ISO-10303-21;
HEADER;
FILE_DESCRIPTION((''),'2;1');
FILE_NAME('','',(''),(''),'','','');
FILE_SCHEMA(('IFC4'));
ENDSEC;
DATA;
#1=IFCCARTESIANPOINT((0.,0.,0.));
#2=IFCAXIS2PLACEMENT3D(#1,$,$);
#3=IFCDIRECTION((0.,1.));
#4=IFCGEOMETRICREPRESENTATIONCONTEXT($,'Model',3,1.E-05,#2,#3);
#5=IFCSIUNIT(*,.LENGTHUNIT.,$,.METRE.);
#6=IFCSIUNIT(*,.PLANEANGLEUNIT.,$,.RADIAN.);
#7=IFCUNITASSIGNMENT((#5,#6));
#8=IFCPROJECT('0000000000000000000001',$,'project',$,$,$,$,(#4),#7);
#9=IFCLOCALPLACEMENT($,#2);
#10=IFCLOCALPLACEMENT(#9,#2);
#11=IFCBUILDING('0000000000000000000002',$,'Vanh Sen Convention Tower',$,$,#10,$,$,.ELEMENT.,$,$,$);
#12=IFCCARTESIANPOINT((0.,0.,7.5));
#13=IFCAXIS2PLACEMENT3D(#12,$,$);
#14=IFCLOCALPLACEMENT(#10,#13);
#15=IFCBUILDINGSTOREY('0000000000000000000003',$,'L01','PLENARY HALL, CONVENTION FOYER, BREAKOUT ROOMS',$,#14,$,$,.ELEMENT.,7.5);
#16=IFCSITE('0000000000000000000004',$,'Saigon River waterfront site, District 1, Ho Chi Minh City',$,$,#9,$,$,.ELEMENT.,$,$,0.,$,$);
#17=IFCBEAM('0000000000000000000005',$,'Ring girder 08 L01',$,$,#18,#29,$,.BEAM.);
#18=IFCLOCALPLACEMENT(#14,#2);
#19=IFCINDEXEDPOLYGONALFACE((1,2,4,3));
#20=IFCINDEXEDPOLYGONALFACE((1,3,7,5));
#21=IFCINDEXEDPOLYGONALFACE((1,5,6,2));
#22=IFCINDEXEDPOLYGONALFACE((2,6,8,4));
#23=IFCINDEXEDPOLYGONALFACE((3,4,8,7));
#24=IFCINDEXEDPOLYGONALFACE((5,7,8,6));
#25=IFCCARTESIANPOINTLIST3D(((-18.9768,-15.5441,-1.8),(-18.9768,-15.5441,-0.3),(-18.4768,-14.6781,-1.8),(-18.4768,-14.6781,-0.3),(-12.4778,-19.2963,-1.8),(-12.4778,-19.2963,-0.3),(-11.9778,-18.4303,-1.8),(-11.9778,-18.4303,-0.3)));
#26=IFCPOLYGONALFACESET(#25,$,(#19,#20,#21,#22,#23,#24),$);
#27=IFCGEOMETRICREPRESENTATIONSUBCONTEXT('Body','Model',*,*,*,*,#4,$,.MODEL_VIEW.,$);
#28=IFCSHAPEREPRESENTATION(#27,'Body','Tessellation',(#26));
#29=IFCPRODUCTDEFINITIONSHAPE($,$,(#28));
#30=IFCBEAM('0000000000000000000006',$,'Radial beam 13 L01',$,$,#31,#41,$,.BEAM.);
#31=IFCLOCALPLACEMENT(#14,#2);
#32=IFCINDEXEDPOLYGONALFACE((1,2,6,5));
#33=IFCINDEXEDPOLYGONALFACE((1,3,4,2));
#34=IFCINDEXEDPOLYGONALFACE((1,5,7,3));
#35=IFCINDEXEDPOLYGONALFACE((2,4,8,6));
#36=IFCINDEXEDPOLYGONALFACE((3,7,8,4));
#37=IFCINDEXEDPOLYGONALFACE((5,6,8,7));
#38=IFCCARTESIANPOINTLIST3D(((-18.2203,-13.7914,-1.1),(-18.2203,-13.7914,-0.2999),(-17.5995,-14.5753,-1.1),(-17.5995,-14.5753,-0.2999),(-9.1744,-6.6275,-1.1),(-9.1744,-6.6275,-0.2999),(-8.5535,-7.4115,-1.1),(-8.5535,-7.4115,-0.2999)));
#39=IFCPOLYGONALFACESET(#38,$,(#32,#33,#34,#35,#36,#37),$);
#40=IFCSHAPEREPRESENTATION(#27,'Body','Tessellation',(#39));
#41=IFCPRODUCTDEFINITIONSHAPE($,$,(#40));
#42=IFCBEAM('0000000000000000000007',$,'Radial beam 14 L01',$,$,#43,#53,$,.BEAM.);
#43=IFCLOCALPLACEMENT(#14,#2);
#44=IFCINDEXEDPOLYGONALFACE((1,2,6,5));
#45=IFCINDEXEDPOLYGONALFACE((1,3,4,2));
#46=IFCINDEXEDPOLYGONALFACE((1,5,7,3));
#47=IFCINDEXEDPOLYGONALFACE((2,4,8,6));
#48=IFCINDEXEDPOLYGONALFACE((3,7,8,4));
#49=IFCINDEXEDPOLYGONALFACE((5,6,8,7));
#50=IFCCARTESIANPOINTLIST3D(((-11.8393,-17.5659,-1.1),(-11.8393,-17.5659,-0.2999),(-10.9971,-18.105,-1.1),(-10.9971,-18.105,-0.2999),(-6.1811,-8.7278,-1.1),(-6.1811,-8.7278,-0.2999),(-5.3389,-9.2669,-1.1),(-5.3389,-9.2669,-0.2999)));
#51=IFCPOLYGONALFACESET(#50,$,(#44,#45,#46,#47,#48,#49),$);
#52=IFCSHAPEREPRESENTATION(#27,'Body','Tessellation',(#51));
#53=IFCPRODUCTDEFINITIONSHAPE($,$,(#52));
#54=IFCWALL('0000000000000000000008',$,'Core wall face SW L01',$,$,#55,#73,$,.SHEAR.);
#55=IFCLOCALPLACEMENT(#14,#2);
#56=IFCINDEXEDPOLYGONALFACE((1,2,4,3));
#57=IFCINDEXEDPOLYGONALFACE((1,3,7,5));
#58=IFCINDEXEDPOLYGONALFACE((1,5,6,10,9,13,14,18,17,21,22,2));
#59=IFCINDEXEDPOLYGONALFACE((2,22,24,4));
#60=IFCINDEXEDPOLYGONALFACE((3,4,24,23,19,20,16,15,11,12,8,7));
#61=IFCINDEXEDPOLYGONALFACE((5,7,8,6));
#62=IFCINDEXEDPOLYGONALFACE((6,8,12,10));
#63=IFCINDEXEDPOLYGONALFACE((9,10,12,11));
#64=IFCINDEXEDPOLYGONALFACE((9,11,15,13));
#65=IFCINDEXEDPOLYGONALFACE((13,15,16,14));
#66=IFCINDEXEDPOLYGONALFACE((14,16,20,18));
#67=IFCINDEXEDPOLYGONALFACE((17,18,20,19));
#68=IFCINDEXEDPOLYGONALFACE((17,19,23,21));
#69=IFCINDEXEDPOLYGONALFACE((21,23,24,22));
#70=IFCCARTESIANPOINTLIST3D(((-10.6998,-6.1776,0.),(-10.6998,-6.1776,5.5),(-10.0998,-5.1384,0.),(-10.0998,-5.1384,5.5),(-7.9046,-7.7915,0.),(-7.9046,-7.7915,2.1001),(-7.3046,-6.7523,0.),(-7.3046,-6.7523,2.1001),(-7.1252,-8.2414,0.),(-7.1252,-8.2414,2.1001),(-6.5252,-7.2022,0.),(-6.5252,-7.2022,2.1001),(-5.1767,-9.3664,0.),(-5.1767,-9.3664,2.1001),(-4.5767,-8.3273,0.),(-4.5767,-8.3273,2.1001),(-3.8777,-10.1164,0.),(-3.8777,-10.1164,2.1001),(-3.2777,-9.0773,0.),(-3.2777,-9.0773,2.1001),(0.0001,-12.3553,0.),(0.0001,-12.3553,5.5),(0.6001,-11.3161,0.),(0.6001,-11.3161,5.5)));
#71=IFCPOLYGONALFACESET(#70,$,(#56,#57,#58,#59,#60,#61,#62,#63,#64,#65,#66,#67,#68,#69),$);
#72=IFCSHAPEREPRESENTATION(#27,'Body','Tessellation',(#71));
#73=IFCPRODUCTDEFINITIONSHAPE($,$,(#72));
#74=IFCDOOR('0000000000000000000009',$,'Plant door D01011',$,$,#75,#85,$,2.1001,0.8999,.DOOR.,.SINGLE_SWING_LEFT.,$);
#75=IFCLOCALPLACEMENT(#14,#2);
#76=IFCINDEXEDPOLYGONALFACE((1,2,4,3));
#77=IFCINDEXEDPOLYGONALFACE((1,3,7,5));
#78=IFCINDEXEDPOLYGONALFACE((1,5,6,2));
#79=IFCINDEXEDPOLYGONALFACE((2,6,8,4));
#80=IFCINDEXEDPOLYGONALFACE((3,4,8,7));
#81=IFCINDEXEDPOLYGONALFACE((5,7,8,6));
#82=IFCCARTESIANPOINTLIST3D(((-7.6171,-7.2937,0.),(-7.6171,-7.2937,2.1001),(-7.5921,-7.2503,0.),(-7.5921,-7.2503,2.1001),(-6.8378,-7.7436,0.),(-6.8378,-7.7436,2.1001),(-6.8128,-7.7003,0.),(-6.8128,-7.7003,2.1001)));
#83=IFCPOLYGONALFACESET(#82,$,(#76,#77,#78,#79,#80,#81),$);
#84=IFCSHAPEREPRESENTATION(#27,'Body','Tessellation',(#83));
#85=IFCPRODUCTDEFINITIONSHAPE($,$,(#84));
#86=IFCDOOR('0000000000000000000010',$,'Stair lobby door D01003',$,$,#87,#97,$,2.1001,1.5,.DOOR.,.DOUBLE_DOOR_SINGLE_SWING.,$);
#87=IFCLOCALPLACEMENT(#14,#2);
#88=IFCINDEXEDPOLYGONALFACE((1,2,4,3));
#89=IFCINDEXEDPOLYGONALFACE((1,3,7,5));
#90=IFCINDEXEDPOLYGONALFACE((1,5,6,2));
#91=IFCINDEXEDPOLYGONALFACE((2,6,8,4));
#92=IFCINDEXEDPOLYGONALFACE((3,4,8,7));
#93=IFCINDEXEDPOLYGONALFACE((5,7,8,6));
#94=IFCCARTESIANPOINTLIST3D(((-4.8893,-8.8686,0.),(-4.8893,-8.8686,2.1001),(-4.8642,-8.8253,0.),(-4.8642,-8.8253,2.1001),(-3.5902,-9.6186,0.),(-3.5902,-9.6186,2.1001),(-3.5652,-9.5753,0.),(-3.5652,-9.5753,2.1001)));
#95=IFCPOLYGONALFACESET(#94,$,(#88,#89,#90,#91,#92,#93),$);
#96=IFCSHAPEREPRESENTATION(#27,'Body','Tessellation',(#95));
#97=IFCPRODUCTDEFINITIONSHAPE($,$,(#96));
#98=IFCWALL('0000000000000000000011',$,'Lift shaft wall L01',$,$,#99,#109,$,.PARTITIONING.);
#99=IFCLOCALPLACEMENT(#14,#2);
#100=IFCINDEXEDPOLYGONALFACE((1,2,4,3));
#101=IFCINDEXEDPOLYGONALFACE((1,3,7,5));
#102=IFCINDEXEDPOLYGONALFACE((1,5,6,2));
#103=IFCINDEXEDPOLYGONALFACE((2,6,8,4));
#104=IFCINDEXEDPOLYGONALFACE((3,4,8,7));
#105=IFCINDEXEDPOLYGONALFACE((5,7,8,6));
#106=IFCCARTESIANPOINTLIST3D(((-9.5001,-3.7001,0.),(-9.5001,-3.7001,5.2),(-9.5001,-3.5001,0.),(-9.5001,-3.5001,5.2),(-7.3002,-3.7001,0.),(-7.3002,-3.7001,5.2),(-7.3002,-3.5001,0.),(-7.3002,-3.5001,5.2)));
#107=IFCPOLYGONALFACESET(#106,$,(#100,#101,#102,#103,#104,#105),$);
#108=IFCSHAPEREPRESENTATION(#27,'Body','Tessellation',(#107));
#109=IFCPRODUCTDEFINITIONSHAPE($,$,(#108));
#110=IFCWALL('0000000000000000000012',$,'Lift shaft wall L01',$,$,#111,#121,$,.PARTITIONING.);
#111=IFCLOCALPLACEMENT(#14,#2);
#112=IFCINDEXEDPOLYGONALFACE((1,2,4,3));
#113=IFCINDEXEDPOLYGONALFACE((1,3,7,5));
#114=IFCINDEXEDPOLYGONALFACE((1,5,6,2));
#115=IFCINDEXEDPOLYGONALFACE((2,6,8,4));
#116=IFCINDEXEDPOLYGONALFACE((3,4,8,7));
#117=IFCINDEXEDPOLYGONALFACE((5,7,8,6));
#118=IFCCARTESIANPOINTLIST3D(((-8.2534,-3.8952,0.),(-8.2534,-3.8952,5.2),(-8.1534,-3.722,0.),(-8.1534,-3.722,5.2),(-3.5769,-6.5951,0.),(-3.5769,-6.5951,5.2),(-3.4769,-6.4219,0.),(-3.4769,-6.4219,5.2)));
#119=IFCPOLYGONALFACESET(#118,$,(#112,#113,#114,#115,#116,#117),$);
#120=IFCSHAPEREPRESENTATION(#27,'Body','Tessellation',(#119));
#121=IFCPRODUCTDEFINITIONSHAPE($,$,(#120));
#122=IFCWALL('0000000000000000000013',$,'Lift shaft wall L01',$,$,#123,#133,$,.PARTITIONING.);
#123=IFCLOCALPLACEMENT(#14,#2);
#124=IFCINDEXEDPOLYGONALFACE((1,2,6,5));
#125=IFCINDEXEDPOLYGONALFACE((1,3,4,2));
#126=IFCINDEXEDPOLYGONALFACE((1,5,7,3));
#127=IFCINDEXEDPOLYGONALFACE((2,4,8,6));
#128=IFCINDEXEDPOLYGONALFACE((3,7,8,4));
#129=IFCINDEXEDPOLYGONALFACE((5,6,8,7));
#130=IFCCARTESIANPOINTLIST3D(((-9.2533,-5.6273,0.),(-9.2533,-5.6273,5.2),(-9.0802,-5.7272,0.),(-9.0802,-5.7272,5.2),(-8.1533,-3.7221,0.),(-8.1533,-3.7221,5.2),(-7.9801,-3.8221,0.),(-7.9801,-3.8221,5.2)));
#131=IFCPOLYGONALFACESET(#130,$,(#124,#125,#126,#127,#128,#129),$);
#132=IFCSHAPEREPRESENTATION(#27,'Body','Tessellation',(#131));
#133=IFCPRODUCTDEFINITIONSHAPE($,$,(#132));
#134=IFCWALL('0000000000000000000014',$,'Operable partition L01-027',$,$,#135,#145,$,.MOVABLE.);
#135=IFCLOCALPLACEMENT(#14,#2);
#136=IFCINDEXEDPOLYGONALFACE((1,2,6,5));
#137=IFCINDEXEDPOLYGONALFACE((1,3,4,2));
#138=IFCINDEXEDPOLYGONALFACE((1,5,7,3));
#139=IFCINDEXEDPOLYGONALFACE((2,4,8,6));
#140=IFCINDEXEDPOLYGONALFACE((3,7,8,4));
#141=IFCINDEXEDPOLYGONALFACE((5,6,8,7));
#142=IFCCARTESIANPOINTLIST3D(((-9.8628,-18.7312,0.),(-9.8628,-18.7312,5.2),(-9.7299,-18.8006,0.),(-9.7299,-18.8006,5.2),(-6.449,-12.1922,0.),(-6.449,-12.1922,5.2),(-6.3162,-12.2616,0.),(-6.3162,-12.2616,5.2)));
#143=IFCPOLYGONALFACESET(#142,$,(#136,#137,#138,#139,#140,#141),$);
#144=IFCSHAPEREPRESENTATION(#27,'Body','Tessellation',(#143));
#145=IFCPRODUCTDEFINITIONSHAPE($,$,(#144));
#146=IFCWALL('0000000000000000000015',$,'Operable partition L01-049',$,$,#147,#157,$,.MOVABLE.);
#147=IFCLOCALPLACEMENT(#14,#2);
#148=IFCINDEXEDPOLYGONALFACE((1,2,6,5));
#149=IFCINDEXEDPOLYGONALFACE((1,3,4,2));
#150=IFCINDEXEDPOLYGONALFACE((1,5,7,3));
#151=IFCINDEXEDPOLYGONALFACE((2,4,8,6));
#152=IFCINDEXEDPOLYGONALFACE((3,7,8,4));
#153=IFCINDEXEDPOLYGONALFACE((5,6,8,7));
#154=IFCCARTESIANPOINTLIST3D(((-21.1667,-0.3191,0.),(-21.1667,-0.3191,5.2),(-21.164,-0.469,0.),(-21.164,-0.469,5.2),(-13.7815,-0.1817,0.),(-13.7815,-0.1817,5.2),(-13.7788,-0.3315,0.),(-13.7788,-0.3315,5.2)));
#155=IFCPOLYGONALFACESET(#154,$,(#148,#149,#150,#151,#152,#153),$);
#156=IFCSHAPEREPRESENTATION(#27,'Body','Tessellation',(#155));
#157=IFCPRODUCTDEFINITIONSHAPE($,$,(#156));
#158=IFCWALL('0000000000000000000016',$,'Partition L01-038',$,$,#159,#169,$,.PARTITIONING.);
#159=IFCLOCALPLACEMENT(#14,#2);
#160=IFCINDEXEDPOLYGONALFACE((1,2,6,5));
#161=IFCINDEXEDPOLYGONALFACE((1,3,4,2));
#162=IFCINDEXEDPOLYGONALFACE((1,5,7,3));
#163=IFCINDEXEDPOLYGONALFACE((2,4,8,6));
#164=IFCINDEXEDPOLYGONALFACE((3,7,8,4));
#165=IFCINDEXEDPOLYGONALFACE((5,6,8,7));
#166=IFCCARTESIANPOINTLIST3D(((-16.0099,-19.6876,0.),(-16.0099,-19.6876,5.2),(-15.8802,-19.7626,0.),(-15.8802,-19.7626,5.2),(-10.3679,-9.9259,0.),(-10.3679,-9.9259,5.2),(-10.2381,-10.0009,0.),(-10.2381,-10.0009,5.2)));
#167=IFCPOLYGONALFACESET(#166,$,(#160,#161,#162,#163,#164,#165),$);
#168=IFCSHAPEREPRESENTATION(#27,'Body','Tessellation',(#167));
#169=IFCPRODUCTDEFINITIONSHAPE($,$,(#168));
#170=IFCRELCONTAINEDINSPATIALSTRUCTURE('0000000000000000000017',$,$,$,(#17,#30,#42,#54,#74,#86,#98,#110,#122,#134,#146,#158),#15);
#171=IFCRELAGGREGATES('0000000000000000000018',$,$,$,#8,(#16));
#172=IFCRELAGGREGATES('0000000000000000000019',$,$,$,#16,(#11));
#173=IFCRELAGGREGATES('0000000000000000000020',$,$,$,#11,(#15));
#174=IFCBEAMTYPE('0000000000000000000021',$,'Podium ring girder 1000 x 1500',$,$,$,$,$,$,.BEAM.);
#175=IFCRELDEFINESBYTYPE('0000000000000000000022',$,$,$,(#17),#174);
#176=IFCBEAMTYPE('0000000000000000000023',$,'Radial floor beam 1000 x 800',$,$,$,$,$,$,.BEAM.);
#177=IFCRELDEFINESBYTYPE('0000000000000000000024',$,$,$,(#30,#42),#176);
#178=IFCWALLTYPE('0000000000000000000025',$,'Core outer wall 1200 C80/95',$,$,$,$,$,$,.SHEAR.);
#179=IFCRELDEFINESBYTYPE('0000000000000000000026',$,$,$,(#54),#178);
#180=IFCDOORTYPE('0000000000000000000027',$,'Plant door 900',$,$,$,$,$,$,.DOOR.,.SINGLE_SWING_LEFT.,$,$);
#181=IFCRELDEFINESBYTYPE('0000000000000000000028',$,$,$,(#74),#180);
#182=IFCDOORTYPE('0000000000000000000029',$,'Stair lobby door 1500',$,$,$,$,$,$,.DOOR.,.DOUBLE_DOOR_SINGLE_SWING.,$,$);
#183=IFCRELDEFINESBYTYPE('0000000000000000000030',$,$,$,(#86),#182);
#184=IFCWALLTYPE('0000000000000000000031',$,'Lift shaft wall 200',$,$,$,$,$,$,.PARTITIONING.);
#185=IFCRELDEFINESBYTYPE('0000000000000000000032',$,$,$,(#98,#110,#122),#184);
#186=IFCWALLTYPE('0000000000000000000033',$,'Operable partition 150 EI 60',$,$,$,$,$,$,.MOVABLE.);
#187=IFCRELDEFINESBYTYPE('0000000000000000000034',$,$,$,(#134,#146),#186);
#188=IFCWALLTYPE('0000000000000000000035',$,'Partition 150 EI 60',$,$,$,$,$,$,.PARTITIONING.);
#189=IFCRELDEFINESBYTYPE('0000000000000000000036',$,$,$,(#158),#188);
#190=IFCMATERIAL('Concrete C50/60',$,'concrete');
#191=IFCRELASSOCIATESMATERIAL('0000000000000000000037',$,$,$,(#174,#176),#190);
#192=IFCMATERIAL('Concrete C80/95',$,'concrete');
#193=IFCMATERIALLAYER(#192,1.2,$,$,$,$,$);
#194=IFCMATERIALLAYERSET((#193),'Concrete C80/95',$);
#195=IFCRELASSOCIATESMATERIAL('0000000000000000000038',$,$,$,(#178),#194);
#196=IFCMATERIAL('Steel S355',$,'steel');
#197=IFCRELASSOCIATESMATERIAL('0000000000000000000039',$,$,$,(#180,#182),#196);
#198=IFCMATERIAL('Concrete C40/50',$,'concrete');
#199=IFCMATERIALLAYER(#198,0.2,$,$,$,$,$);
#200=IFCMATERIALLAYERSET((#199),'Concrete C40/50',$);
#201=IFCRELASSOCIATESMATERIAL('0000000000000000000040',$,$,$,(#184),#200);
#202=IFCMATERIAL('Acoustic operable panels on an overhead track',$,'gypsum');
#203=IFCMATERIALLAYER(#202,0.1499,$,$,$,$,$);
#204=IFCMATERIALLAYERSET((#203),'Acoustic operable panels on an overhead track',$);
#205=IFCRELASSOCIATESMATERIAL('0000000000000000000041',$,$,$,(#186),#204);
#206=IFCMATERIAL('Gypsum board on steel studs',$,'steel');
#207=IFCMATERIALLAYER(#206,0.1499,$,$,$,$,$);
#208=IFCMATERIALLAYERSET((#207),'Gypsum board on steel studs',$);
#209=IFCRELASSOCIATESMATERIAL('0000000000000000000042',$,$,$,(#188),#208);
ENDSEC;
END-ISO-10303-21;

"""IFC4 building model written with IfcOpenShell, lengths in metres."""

from ifc_helpers import new_model, si_unit, direction, frame, frame_2d, origin, origin_2d, place, context, subcontext, project, spatial, rectangle, extrude, material, layer, layer_set, material_profile, profile_set, type_object, element, fill, save


model = new_model("IFC4")

# Units and contexts
model_context = context("Model", 3, precision=1e-05, world=origin(), true_north=direction((0.0, 1.0)))
body_context = subcontext(model_context, "Body", "Model", "MODEL_VIEW")
ifc_project = project(units=[si_unit("LENGTHUNIT", "METRE"), si_unit("PLANEANGLEUNIT", "RADIAN")], contexts=[model_context])

# Site, building, storey
site_placement = place(None, origin())
site = spatial("IfcSite", under=ifc_project, at=site_placement, Name="Saigon River waterfront site, District 1, Ho Chi Minh City", CompositionType="ELEMENT", RefElevation=0.0)
building_placement = place(site_placement, origin())
building = spatial("IfcBuilding", under=site, at=building_placement, Name="Vanh Sen Convention Tower", CompositionType="ELEMENT")
storey_placement = place(building_placement, frame((0.0, 0.0, 7.5)))
storey = spatial("IfcBuildingStorey", under=building, at=storey_placement, Name="L01", Description="PLENARY HALL, CONVENTION FOYER, BREAKOUT ROOMS", CompositionType="ELEMENT", Elevation=7.5)

# Beams
ifc_material_1 = material(Name="Concrete C50/60", Category="concrete")
ifc_material_profile_1 = material_profile(ifc_material_1, rectangle(XDim=1.0, YDim=1.5, at=origin_2d()), Name="RC 1000X1500")
ifc_profile_set_1 = profile_set([ifc_material_profile_1], Name="Concrete C50/60")
beam_type_1 = type_object("IfcBeamType", Name="Podium ring girder 1000 x 1500", PredefinedType="BEAM", material=ifc_profile_set_1)
beam_1_placement = place(storey_placement, frame((-18.7268, -15.1111, -1.05), z_axis=(0.866026, -0.499998, 0.0), x_axis=(0.499998, 0.866026, 0.0)))
element("IfcBeam", 1, at=beam_1_placement, inside=storey, type_object=beam_type_1, Name="Ring girder 08 L01", PredefinedType="BEAM", context=body_context, shape_type="SweptSolid", body=[
    extrude(rectangle(XDim=1.0, YDim=1.5, at=origin_2d()), origin(), (0.0, 0.0, 1.0), 7.5044),
])
ifc_material_profile_2 = material_profile(ifc_material_1, rectangle(XDim=1.0, YDim=0.8, at=origin_2d()), Name="RC 1000X800")
ifc_profile_set_2 = profile_set([ifc_material_profile_2], Name="Concrete C50/60")
beam_type_2 = type_object("IfcBeamType", Name="Radial floor beam 1000 x 800", PredefinedType="BEAM", material=ifc_profile_set_2)
beam_2_placement = place(storey_placement, frame((-17.9099, -14.1833, -0.7), z_axis=(0.783941, 0.620835, 0.0), x_axis=(-0.620835, 0.783941, 0.0)))
element("IfcBeam", 2, at=beam_2_placement, inside=storey, type_object=beam_type_2, Name="Radial beam 13 L01", PredefinedType="BEAM", context=body_context, shape_type="SweptSolid", body=[
    extrude(rectangle(XDim=1.0, YDim=0.8, at=origin_2d()), origin(), (0.0, 0.0, 1.0), 11.5391),
])
beam_3_placement = place(storey_placement, frame((-11.4182, -17.8354, -0.7), z_axis=(0.539175, 0.842194, 0.0), x_axis=(-0.842194, 0.539175, 0.0)))
element("IfcBeam", 3, at=beam_3_placement, inside=storey, type_object=beam_type_2, Name="Radial beam 14 L01", PredefinedType="BEAM", context=body_context, shape_type="SweptSolid", body=[
    extrude(rectangle(XDim=1.0, YDim=0.8, at=origin_2d()), origin(), (0.0, 0.0, 1.0), 10.4941),
])

# Wall, openings, doors
ifc_material_2 = material(Name="Concrete C80/95", Category="concrete")
ifc_layer_1 = layer(ifc_material_2, 1.2)
ifc_layer_set_1 = layer_set([ifc_layer_1], Name="Concrete C80/95")
wall_type_1 = type_object("IfcWallType", Name="Core outer wall 1200 C80/95", PredefinedType="SHEAR", material=ifc_layer_set_1)
wall_1_placement = place(storey_placement, frame((-10.3999, -5.658, 0.0), z_axis=(0.0, 0.0, 1.0), x_axis=(0.866021, -0.500007, 0.0)))
wall_1 = element("IfcWall", 4, at=wall_1_placement, inside=storey, type_object=wall_type_1, Name="Core wall face SW L01", PredefinedType="SHEAR", context=body_context, shape_type="SweptSolid", body=[
    extrude(rectangle(XDim=12.3552, YDim=1.2, at=frame_2d((6.1777, 0.0))), origin(), (0.0, 0.0, 1.0), 5.5),
])
opening_1_placement = place(wall_1_placement, frame((6.3777, 0.0, 0.0)))
opening_1 = element("IfcOpeningElement", 5, at=opening_1_placement, cuts=wall_1, PredefinedType="OPENING", context=body_context, shape_type="SweptSolid", body=[
    extrude(rectangle(XDim=1.5, YDim=2.1001, at=frame_2d((0.75, 1.05))), frame((0.0, 0.6099, 0.0), z_axis=(0.0, -1.0, 0.0), x_axis=(1.0, 0.0, 0.0)), (0.0, 0.0, 1.0), 1.22),
])
opening_2_placement = place(wall_1_placement, frame((3.2278, 0.0, 0.0)))
opening_2 = element("IfcOpeningElement", 6, at=opening_2_placement, cuts=wall_1, PredefinedType="OPENING", context=body_context, shape_type="SweptSolid", body=[
    extrude(rectangle(XDim=0.8999, YDim=2.1001, at=frame_2d((0.45, 1.05))), frame((0.0, 0.6099, 0.0), z_axis=(0.0, -1.0, 0.0), x_axis=(1.0, 0.0, 0.0)), (0.0, 0.0, 1.0), 1.22),
])
ifc_material_3 = material(Name="Steel S355", Category="steel")
door_type_1 = type_object("IfcDoorType", Name="Plant door 900", OperationType="SINGLE_SWING_LEFT", PredefinedType="DOOR", material=ifc_material_3)
door_1_placement = place(opening_2_placement, origin())
door_1 = element("IfcDoor", 7, at=door_1_placement, inside=storey, type_object=door_type_1, Name="Plant door D01011", OperationType="SINGLE_SWING_LEFT", OverallHeight=2.1001, OverallWidth=0.8999, PredefinedType="DOOR", context=body_context, shape_type="SweptSolid", body=[
    extrude(rectangle(XDim=0.8999, YDim=2.1001, at=frame_2d((0.45, 1.05))), frame((0.0, 0.0249, 0.0), z_axis=(0.0, -1.0, 0.0), x_axis=(1.0, 0.0, 0.0)), (0.0, 0.0, 1.0), 0.05),
])
fill(opening_2, door_1)
door_type_2 = type_object("IfcDoorType", Name="Stair lobby door 1500", OperationType="DOUBLE_DOOR_SINGLE_SWING", PredefinedType="DOOR", material=ifc_material_3)
door_2_placement = place(opening_1_placement, origin())
door_2 = element("IfcDoor", 8, at=door_2_placement, inside=storey, type_object=door_type_2, Name="Stair lobby door D01003", OperationType="DOUBLE_DOOR_SINGLE_SWING", OverallHeight=2.1001, OverallWidth=1.5, PredefinedType="DOOR", context=body_context, shape_type="SweptSolid", body=[
    extrude(rectangle(XDim=1.5, YDim=2.1001, at=frame_2d((0.75, 1.05))), frame((0.0, 0.0249, 0.0), z_axis=(0.0, -1.0, 0.0), x_axis=(1.0, 0.0, 0.0)), (0.0, 0.0, 1.0), 0.05),
])
fill(opening_1, door_2)

# Walls
ifc_material_4 = material(Name="Concrete C40/50", Category="concrete")
ifc_layer_2 = layer(ifc_material_4, 0.2)
ifc_layer_set_2 = layer_set([ifc_layer_2], Name="Concrete C40/50")
wall_type_2 = type_object("IfcWallType", Name="Lift shaft wall 200", PredefinedType="PARTITIONING", material=ifc_layer_set_2)
wall_2_placement = place(storey_placement, frame((-7.3, -3.6001, 0.0), z_axis=(0.0, 0.0, 1.0), x_axis=(-1.0, 0.0, 0.0)))
element("IfcWall", 9, at=wall_2_placement, inside=storey, type_object=wall_type_2, Name="Lift shaft wall L01", PredefinedType="PARTITIONING", context=body_context, shape_type="SweptSolid", body=[
    extrude(rectangle(XDim=2.2, YDim=0.2, at=frame_2d((1.1001, 0.0))), origin(), (0.0, 0.0, 1.0), 5.2),
])
wall_3_placement = place(storey_placement, frame((-8.2034, -3.8086, 0.0), z_axis=(0.0, 0.0, 1.0), x_axis=(0.866028, -0.499995, 0.0)))
element("IfcWall", 10, at=wall_3_placement, inside=storey, type_object=wall_type_2, Name="Lift shaft wall L01", PredefinedType="PARTITIONING", context=body_context, shape_type="SweptSolid", body=[
    extrude(rectangle(XDim=5.3999, YDim=0.2, at=frame_2d((2.7, 0.0))), origin(), (0.0, 0.0, 1.0), 5.2),
])
wall_4_placement = place(storey_placement, frame((-8.0667, -3.772, 0.0), z_axis=(0.0, 0.0, 1.0), x_axis=(-0.50003, -0.866008, 0.0)))
element("IfcWall", 11, at=wall_4_placement, inside=storey, type_object=wall_type_2, Name="Lift shaft wall L01", PredefinedType="PARTITIONING", context=body_context, shape_type="SweptSolid", body=[
    extrude(rectangle(XDim=2.2, YDim=0.2, at=frame_2d((1.1001, 0.0))), origin(), (0.0, 0.0, 1.0), 5.2),
])
ifc_material_5 = material(Name="Acoustic operable panels on an overhead track", Category="gypsum")
ifc_layer_3 = layer(ifc_material_5, 0.1499)
ifc_layer_set_3 = layer_set([ifc_layer_3], Name="Acoustic operable panels on an overhead track")
wall_type_3 = type_object("IfcWallType", Name="Operable partition 150 EI 60", PredefinedType="MOVABLE", material=ifc_layer_set_3)
wall_5_placement = place(storey_placement, frame((-9.7964, -18.7659, 0.0), z_axis=(0.0, 0.0, 1.0), x_axis=(0.462793, 0.886466, 0.0)))
element("IfcWall", 12, at=wall_5_placement, inside=storey, type_object=wall_type_3, Name="Operable partition L01-027", PredefinedType="MOVABLE", context=body_context, shape_type="SweptSolid", body=[
    extrude(rectangle(XDim=7.3765, YDim=0.1499, at=frame_2d((3.6882, 0.0))), origin(), (0.0, 0.0, 1.0), 5.2),
])
wall_6_placement = place(storey_placement, frame((-13.78, -0.2566, 0.0), z_axis=(0.0, 0.0, 1.0), x_axis=(-0.999827, -0.018608, 0.0)))
element("IfcWall", 13, at=wall_6_placement, inside=storey, type_object=wall_type_3, Name="Operable partition L01-049", PredefinedType="MOVABLE", context=body_context, shape_type="SweptSolid", body=[
    extrude(rectangle(XDim=7.3865, YDim=0.1499, at=frame_2d((3.6934, 0.0))), origin(), (0.0, 0.0, 1.0), 5.2),
])
ifc_material_6 = material(Name="Gypsum board on steel studs", Category="steel")
ifc_layer_4 = layer(ifc_material_6, 0.1499)
ifc_layer_set_4 = layer_set([ifc_layer_4], Name="Gypsum board on steel studs")
wall_type_4 = type_object("IfcWallType", Name="Partition 150 EI 60", PredefinedType="PARTITIONING", material=ifc_layer_set_4)
wall_7_placement = place(storey_placement, frame((-10.303, -9.9634, 0.0), z_axis=(0.0, 0.0, 1.0), x_axis=(-0.50041, -0.865789, 0.0)))
element("IfcWall", 14, at=wall_7_placement, inside=storey, type_object=wall_type_4, Name="Partition L01-038", PredefinedType="PARTITIONING", context=body_context, shape_type="SweptSolid", body=[
    extrude(rectangle(XDim=11.2749, YDim=0.1499, at=frame_2d((5.6375, 0.0))), origin(), (0.0, 0.0, 1.0), 5.2),
])

save(model, "model.ifc")
